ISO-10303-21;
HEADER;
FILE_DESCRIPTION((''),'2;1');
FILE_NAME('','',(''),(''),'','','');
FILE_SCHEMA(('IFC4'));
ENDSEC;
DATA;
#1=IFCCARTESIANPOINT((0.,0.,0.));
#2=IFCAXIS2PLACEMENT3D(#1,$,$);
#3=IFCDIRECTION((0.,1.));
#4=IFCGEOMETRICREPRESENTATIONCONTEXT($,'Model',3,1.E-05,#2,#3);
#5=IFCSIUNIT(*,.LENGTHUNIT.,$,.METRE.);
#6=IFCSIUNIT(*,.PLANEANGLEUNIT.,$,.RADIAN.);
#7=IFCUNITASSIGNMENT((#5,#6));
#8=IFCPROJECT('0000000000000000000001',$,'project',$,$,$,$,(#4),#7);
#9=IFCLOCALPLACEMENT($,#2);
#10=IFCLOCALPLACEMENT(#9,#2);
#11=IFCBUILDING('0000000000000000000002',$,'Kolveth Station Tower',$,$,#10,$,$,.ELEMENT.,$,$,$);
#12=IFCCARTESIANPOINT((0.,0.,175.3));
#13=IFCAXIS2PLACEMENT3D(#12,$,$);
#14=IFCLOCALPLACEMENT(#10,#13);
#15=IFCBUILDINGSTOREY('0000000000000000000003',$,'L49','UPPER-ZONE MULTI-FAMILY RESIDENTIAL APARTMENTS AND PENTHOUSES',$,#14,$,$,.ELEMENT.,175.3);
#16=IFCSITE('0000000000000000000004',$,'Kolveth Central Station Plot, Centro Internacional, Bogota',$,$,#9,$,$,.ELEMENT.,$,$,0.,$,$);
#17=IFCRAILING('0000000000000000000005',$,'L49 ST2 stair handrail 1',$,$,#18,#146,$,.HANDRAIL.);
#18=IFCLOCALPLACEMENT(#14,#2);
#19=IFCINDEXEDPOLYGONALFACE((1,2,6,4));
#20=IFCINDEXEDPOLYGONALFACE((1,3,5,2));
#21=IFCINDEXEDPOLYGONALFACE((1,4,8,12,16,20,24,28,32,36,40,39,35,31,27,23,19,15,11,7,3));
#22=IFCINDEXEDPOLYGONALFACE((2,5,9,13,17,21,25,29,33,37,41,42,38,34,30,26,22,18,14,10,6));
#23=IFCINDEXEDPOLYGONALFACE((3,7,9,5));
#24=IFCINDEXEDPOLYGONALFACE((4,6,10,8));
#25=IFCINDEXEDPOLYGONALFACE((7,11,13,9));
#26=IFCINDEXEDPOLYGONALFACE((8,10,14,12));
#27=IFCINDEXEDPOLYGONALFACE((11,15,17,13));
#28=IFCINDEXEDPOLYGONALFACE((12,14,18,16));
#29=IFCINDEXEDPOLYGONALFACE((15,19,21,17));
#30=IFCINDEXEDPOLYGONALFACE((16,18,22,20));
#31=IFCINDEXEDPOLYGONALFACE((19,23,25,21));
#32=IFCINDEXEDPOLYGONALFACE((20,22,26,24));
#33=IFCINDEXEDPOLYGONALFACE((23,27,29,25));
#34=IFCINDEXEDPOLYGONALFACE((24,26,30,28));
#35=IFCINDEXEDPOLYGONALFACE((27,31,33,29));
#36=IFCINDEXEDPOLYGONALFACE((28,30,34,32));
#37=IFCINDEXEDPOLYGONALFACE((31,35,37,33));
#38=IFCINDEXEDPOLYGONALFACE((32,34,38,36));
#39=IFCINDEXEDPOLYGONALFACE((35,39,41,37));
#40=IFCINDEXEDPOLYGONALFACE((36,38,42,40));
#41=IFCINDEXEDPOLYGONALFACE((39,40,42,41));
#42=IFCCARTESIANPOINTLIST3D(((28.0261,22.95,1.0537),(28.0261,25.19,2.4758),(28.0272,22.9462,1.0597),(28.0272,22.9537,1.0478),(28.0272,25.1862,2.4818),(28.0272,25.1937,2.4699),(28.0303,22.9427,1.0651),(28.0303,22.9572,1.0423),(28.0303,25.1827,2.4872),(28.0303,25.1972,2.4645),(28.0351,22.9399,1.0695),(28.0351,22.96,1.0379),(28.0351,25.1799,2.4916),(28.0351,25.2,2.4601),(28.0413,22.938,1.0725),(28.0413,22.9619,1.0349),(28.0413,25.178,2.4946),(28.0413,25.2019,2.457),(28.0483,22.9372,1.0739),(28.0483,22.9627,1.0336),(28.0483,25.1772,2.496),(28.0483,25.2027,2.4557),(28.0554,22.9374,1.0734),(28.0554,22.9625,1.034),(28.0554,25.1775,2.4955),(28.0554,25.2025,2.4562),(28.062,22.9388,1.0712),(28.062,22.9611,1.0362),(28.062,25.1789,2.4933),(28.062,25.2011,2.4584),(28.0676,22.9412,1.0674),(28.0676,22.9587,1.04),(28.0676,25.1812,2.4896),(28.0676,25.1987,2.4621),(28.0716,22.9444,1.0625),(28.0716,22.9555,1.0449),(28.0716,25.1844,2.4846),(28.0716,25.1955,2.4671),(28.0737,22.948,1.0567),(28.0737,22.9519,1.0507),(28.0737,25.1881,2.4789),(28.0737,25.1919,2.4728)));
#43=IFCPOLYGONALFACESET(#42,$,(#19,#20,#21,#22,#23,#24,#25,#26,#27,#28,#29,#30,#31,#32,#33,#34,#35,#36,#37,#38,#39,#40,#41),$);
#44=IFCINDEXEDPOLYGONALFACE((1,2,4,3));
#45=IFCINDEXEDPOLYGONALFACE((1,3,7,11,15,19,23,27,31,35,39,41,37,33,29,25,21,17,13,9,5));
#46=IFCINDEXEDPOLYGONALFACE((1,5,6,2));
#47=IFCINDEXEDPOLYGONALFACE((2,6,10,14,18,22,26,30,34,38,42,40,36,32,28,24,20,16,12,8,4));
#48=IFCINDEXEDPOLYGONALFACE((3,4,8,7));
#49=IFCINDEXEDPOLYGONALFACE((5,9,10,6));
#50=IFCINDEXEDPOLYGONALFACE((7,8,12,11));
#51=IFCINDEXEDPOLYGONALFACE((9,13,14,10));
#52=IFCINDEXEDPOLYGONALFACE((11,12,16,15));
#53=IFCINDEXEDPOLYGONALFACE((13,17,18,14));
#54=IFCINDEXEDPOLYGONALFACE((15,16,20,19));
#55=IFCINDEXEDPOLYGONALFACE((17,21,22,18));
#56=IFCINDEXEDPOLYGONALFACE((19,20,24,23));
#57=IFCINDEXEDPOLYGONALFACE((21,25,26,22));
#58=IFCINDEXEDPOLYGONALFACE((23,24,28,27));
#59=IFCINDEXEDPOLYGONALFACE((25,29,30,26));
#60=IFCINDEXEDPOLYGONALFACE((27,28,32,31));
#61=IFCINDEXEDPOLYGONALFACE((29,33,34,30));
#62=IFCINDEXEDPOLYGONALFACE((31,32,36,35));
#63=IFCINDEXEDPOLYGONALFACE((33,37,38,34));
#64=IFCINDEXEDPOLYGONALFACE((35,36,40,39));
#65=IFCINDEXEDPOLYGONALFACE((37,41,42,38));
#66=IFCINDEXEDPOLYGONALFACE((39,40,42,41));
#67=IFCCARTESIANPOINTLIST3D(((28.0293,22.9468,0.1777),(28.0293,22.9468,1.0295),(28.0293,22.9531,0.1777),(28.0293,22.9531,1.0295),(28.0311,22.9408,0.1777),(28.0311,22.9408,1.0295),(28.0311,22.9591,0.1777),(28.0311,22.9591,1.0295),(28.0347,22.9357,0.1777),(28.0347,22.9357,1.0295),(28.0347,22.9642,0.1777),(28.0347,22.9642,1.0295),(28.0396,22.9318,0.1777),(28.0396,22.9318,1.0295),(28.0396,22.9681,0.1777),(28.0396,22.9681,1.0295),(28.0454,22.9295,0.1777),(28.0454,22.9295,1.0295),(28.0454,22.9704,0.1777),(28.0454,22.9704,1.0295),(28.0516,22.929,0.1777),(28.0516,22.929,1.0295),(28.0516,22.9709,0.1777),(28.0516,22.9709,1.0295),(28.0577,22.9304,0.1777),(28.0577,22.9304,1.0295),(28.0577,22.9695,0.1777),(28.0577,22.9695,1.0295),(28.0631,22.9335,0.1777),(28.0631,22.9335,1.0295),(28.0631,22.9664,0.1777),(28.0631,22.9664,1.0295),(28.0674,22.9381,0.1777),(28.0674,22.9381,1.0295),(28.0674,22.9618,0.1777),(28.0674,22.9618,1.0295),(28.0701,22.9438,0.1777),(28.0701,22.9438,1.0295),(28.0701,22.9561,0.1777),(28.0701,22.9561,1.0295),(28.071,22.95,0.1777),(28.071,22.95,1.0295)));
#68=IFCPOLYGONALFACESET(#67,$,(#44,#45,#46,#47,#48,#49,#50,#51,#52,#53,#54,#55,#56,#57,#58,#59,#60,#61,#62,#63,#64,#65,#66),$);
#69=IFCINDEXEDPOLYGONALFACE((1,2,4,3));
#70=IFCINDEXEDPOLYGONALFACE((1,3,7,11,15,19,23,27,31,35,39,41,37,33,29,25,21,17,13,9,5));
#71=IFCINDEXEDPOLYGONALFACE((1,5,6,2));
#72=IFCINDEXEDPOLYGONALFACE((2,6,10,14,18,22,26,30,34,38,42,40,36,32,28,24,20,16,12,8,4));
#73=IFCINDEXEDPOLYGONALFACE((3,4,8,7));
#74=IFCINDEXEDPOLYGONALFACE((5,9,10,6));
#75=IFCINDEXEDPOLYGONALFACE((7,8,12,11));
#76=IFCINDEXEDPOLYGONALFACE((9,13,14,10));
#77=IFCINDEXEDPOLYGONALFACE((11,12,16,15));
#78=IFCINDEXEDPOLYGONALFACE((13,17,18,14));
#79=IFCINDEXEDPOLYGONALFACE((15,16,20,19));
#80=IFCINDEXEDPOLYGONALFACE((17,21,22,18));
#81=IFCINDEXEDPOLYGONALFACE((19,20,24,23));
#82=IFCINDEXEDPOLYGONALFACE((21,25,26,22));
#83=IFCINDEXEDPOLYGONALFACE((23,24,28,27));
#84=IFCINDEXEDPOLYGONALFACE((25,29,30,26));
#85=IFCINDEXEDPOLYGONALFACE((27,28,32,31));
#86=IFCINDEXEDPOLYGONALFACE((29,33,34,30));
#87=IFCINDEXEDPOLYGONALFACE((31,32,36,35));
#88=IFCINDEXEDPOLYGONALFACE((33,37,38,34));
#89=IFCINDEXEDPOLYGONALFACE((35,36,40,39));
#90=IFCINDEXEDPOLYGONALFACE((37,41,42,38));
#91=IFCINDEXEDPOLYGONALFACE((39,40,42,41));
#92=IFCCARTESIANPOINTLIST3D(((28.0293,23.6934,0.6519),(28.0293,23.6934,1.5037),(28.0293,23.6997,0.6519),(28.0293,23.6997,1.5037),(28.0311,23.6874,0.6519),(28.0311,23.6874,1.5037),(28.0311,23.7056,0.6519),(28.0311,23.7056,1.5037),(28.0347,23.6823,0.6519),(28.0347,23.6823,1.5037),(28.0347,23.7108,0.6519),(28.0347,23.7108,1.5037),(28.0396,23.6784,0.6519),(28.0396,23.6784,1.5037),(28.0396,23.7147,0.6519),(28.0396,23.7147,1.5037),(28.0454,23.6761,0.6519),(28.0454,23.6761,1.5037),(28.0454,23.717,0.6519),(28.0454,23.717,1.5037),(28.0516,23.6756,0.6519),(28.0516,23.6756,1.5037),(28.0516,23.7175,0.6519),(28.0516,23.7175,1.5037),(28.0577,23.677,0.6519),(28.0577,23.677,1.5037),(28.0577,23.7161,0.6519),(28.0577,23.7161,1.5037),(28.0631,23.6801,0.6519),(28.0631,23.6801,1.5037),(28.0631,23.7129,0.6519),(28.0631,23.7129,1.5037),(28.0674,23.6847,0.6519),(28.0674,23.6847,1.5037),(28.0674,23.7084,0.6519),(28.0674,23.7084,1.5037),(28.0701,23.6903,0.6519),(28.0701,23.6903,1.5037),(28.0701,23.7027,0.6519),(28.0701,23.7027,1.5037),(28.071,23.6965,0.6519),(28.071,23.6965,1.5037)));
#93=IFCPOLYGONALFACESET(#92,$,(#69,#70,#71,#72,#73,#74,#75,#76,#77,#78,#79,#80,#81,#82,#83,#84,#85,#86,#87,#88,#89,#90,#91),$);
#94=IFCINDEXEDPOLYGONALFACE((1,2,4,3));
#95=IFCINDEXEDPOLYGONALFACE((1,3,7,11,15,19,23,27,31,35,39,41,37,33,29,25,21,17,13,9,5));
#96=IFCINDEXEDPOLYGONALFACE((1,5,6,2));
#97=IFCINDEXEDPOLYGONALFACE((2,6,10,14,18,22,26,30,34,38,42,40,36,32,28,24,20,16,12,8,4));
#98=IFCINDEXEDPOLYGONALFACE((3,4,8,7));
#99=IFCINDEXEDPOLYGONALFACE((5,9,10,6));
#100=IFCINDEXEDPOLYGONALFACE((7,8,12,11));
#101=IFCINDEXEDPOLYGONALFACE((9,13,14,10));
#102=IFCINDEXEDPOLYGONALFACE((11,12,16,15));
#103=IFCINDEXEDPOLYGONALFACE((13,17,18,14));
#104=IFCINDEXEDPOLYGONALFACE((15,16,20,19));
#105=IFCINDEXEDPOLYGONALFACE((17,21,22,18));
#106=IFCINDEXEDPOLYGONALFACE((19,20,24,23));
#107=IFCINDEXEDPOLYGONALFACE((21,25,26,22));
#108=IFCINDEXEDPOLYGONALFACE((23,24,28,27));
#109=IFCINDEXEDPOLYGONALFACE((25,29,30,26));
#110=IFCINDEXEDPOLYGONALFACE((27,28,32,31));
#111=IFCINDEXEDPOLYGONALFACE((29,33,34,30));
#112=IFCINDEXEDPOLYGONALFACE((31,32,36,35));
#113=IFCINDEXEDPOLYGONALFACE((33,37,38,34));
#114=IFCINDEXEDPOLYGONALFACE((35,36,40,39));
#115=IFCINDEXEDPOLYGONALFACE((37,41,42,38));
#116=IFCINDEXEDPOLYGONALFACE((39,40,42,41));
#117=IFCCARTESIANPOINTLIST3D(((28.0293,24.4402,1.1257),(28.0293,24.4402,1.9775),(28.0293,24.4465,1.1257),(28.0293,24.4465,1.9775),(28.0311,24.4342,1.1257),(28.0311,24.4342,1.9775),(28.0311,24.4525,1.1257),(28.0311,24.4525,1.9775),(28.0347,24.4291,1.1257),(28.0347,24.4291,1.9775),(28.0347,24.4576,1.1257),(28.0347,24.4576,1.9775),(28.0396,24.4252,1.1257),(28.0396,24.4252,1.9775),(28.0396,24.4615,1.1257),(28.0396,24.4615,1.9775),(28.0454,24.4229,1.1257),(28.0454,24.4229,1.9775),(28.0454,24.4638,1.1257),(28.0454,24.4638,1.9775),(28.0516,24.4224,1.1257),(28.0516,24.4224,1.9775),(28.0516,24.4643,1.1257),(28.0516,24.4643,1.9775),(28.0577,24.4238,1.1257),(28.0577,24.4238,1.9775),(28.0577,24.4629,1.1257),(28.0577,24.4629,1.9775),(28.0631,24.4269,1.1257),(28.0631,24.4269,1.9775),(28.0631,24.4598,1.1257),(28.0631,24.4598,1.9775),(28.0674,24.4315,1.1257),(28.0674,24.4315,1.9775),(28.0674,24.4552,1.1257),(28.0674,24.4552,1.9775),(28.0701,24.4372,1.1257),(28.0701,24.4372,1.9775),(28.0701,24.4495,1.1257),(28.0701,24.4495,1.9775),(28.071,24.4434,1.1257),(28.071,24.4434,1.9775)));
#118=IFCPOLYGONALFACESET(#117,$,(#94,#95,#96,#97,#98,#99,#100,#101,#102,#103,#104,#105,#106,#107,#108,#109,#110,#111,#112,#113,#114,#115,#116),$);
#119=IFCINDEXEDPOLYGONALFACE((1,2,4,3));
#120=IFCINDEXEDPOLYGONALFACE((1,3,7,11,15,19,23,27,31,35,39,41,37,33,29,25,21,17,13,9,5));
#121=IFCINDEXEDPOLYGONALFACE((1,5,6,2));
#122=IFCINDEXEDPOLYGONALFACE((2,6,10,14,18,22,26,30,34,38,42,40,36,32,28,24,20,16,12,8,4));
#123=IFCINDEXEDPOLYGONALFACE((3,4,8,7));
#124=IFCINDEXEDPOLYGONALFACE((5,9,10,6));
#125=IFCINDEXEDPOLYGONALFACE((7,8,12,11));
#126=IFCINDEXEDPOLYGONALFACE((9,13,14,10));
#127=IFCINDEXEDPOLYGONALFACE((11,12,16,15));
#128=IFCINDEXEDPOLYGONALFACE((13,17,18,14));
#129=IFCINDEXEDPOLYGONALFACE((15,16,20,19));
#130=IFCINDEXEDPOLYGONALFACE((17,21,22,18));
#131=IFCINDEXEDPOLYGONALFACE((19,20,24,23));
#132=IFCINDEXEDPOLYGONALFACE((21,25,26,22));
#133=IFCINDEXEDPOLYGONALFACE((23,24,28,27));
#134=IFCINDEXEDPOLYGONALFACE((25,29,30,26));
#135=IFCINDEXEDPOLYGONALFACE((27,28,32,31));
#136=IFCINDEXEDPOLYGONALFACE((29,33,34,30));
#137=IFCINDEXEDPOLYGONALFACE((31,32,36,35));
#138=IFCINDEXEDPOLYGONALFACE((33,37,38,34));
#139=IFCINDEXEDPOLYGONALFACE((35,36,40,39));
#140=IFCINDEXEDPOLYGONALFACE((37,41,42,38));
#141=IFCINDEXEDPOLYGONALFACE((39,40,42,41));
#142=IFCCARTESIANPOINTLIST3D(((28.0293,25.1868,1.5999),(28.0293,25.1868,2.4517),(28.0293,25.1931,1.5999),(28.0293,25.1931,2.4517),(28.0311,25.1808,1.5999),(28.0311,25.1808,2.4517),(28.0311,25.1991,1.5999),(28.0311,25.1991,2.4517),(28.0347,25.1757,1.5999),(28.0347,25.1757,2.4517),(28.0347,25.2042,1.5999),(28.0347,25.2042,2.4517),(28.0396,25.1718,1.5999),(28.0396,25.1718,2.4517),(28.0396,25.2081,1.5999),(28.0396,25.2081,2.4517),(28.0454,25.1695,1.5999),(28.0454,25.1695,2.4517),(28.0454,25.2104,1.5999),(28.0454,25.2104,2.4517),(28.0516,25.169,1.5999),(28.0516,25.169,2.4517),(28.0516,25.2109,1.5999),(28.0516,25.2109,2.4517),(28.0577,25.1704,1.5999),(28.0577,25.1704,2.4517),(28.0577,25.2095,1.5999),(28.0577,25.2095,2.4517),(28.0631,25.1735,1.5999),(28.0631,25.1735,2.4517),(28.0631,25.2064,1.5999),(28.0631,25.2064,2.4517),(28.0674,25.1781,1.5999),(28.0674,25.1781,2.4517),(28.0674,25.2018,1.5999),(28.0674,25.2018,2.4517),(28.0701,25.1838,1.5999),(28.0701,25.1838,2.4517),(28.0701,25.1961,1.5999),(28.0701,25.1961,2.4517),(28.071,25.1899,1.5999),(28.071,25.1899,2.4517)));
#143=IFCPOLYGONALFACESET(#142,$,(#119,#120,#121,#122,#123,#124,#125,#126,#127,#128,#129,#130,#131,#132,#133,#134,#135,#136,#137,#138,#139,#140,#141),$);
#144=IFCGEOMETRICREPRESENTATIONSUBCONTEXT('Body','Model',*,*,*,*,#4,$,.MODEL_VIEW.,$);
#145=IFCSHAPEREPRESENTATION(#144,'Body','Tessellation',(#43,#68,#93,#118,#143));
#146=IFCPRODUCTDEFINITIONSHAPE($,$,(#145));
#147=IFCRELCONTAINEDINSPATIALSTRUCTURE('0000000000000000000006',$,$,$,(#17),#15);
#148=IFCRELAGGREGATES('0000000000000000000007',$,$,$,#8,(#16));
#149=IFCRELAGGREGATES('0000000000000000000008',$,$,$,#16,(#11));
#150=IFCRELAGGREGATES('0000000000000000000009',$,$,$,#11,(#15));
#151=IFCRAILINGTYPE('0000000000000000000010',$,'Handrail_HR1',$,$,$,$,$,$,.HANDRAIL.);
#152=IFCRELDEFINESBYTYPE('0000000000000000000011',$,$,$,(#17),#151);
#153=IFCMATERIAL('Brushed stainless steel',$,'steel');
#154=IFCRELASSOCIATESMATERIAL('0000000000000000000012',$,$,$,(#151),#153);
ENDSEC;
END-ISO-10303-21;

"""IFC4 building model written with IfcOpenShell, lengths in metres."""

from ifc_helpers import new_model, si_unit, direction, frame, origin, origin_2d, place, context, subcontext, project, spatial, circle, extrude, material, type_object, element, save


model = new_model("IFC4")

# Units and contexts
model_context = context("Model", 3, precision=1e-05, world=origin(), true_north=direction((0.0, 1.0)))
body_context = subcontext(model_context, "Body", "Model", "MODEL_VIEW")
ifc_project = project(units=[si_unit("LENGTHUNIT", "METRE"), si_unit("PLANEANGLEUNIT", "RADIAN")], contexts=[model_context])

# Site, building, storey
site_placement = place(None, origin())
site = spatial("IfcSite", under=ifc_project, at=site_placement, Name="Kolveth Central Station Plot, Centro Internacional, Bogota", CompositionType="ELEMENT", RefElevation=0.0)
building_placement = place(site_placement, origin())
building = spatial("IfcBuilding", under=site, at=building_placement, Name="Kolveth Station Tower", CompositionType="ELEMENT")
storey_placement = place(building_placement, frame((0.0, 0.0, 175.3)))
storey = spatial("IfcBuildingStorey", under=building, at=storey_placement, Name="L49", Description="UPPER-ZONE MULTI-FAMILY RESIDENTIAL APARTMENTS AND PENTHOUSES", CompositionType="ELEMENT", Elevation=175.3)

# Railing
ifc_material_1 = material(Name="Brushed stainless steel", Category="steel")
railing_type_1 = type_object("IfcRailingType", Name="Handrail_HR1", PredefinedType="HANDRAIL", material=ifc_material_1)
for number, where, name in (
    (1, (28.05, 22.95, 0.1777), "L49 ST2 stair handrail 1"),
):
    element("IfcRailing", number, at=place(storey_placement, frame(where)), inside=storey, type_object=railing_type_1, Name=name, PredefinedType="HANDRAIL", context=body_context, shape_type="SweptSolid", body=[
        extrude(circle(Radius=0.0239, at=origin_2d()), frame((0.0, 0.0, 0.876), z_axis=(0.0, 0.844229, 0.535982), x_axis=(-1.0, 0.0, 0.0)), (0.0, 0.0, 1.0), 2.6533),
        extrude(circle(Radius=0.021, at=origin_2d()), origin(), (0.0, 0.0, 1.0), 0.8518),
        extrude(circle(Radius=0.021, at=origin_2d()), frame((0.0, 0.7466, 0.4741)), (0.0, 0.0, 1.0), 0.8518),
        extrude(circle(Radius=0.021, at=origin_2d()), frame((0.0, 1.4934, 0.948)), (0.0, 0.0, 1.0), 0.8518),
        extrude(circle(Radius=0.021, at=origin_2d()), frame((0.0, 2.24, 1.4221)), (0.0, 0.0, 1.0), 0.8518),
    ])

save(model, "model.ifc")
